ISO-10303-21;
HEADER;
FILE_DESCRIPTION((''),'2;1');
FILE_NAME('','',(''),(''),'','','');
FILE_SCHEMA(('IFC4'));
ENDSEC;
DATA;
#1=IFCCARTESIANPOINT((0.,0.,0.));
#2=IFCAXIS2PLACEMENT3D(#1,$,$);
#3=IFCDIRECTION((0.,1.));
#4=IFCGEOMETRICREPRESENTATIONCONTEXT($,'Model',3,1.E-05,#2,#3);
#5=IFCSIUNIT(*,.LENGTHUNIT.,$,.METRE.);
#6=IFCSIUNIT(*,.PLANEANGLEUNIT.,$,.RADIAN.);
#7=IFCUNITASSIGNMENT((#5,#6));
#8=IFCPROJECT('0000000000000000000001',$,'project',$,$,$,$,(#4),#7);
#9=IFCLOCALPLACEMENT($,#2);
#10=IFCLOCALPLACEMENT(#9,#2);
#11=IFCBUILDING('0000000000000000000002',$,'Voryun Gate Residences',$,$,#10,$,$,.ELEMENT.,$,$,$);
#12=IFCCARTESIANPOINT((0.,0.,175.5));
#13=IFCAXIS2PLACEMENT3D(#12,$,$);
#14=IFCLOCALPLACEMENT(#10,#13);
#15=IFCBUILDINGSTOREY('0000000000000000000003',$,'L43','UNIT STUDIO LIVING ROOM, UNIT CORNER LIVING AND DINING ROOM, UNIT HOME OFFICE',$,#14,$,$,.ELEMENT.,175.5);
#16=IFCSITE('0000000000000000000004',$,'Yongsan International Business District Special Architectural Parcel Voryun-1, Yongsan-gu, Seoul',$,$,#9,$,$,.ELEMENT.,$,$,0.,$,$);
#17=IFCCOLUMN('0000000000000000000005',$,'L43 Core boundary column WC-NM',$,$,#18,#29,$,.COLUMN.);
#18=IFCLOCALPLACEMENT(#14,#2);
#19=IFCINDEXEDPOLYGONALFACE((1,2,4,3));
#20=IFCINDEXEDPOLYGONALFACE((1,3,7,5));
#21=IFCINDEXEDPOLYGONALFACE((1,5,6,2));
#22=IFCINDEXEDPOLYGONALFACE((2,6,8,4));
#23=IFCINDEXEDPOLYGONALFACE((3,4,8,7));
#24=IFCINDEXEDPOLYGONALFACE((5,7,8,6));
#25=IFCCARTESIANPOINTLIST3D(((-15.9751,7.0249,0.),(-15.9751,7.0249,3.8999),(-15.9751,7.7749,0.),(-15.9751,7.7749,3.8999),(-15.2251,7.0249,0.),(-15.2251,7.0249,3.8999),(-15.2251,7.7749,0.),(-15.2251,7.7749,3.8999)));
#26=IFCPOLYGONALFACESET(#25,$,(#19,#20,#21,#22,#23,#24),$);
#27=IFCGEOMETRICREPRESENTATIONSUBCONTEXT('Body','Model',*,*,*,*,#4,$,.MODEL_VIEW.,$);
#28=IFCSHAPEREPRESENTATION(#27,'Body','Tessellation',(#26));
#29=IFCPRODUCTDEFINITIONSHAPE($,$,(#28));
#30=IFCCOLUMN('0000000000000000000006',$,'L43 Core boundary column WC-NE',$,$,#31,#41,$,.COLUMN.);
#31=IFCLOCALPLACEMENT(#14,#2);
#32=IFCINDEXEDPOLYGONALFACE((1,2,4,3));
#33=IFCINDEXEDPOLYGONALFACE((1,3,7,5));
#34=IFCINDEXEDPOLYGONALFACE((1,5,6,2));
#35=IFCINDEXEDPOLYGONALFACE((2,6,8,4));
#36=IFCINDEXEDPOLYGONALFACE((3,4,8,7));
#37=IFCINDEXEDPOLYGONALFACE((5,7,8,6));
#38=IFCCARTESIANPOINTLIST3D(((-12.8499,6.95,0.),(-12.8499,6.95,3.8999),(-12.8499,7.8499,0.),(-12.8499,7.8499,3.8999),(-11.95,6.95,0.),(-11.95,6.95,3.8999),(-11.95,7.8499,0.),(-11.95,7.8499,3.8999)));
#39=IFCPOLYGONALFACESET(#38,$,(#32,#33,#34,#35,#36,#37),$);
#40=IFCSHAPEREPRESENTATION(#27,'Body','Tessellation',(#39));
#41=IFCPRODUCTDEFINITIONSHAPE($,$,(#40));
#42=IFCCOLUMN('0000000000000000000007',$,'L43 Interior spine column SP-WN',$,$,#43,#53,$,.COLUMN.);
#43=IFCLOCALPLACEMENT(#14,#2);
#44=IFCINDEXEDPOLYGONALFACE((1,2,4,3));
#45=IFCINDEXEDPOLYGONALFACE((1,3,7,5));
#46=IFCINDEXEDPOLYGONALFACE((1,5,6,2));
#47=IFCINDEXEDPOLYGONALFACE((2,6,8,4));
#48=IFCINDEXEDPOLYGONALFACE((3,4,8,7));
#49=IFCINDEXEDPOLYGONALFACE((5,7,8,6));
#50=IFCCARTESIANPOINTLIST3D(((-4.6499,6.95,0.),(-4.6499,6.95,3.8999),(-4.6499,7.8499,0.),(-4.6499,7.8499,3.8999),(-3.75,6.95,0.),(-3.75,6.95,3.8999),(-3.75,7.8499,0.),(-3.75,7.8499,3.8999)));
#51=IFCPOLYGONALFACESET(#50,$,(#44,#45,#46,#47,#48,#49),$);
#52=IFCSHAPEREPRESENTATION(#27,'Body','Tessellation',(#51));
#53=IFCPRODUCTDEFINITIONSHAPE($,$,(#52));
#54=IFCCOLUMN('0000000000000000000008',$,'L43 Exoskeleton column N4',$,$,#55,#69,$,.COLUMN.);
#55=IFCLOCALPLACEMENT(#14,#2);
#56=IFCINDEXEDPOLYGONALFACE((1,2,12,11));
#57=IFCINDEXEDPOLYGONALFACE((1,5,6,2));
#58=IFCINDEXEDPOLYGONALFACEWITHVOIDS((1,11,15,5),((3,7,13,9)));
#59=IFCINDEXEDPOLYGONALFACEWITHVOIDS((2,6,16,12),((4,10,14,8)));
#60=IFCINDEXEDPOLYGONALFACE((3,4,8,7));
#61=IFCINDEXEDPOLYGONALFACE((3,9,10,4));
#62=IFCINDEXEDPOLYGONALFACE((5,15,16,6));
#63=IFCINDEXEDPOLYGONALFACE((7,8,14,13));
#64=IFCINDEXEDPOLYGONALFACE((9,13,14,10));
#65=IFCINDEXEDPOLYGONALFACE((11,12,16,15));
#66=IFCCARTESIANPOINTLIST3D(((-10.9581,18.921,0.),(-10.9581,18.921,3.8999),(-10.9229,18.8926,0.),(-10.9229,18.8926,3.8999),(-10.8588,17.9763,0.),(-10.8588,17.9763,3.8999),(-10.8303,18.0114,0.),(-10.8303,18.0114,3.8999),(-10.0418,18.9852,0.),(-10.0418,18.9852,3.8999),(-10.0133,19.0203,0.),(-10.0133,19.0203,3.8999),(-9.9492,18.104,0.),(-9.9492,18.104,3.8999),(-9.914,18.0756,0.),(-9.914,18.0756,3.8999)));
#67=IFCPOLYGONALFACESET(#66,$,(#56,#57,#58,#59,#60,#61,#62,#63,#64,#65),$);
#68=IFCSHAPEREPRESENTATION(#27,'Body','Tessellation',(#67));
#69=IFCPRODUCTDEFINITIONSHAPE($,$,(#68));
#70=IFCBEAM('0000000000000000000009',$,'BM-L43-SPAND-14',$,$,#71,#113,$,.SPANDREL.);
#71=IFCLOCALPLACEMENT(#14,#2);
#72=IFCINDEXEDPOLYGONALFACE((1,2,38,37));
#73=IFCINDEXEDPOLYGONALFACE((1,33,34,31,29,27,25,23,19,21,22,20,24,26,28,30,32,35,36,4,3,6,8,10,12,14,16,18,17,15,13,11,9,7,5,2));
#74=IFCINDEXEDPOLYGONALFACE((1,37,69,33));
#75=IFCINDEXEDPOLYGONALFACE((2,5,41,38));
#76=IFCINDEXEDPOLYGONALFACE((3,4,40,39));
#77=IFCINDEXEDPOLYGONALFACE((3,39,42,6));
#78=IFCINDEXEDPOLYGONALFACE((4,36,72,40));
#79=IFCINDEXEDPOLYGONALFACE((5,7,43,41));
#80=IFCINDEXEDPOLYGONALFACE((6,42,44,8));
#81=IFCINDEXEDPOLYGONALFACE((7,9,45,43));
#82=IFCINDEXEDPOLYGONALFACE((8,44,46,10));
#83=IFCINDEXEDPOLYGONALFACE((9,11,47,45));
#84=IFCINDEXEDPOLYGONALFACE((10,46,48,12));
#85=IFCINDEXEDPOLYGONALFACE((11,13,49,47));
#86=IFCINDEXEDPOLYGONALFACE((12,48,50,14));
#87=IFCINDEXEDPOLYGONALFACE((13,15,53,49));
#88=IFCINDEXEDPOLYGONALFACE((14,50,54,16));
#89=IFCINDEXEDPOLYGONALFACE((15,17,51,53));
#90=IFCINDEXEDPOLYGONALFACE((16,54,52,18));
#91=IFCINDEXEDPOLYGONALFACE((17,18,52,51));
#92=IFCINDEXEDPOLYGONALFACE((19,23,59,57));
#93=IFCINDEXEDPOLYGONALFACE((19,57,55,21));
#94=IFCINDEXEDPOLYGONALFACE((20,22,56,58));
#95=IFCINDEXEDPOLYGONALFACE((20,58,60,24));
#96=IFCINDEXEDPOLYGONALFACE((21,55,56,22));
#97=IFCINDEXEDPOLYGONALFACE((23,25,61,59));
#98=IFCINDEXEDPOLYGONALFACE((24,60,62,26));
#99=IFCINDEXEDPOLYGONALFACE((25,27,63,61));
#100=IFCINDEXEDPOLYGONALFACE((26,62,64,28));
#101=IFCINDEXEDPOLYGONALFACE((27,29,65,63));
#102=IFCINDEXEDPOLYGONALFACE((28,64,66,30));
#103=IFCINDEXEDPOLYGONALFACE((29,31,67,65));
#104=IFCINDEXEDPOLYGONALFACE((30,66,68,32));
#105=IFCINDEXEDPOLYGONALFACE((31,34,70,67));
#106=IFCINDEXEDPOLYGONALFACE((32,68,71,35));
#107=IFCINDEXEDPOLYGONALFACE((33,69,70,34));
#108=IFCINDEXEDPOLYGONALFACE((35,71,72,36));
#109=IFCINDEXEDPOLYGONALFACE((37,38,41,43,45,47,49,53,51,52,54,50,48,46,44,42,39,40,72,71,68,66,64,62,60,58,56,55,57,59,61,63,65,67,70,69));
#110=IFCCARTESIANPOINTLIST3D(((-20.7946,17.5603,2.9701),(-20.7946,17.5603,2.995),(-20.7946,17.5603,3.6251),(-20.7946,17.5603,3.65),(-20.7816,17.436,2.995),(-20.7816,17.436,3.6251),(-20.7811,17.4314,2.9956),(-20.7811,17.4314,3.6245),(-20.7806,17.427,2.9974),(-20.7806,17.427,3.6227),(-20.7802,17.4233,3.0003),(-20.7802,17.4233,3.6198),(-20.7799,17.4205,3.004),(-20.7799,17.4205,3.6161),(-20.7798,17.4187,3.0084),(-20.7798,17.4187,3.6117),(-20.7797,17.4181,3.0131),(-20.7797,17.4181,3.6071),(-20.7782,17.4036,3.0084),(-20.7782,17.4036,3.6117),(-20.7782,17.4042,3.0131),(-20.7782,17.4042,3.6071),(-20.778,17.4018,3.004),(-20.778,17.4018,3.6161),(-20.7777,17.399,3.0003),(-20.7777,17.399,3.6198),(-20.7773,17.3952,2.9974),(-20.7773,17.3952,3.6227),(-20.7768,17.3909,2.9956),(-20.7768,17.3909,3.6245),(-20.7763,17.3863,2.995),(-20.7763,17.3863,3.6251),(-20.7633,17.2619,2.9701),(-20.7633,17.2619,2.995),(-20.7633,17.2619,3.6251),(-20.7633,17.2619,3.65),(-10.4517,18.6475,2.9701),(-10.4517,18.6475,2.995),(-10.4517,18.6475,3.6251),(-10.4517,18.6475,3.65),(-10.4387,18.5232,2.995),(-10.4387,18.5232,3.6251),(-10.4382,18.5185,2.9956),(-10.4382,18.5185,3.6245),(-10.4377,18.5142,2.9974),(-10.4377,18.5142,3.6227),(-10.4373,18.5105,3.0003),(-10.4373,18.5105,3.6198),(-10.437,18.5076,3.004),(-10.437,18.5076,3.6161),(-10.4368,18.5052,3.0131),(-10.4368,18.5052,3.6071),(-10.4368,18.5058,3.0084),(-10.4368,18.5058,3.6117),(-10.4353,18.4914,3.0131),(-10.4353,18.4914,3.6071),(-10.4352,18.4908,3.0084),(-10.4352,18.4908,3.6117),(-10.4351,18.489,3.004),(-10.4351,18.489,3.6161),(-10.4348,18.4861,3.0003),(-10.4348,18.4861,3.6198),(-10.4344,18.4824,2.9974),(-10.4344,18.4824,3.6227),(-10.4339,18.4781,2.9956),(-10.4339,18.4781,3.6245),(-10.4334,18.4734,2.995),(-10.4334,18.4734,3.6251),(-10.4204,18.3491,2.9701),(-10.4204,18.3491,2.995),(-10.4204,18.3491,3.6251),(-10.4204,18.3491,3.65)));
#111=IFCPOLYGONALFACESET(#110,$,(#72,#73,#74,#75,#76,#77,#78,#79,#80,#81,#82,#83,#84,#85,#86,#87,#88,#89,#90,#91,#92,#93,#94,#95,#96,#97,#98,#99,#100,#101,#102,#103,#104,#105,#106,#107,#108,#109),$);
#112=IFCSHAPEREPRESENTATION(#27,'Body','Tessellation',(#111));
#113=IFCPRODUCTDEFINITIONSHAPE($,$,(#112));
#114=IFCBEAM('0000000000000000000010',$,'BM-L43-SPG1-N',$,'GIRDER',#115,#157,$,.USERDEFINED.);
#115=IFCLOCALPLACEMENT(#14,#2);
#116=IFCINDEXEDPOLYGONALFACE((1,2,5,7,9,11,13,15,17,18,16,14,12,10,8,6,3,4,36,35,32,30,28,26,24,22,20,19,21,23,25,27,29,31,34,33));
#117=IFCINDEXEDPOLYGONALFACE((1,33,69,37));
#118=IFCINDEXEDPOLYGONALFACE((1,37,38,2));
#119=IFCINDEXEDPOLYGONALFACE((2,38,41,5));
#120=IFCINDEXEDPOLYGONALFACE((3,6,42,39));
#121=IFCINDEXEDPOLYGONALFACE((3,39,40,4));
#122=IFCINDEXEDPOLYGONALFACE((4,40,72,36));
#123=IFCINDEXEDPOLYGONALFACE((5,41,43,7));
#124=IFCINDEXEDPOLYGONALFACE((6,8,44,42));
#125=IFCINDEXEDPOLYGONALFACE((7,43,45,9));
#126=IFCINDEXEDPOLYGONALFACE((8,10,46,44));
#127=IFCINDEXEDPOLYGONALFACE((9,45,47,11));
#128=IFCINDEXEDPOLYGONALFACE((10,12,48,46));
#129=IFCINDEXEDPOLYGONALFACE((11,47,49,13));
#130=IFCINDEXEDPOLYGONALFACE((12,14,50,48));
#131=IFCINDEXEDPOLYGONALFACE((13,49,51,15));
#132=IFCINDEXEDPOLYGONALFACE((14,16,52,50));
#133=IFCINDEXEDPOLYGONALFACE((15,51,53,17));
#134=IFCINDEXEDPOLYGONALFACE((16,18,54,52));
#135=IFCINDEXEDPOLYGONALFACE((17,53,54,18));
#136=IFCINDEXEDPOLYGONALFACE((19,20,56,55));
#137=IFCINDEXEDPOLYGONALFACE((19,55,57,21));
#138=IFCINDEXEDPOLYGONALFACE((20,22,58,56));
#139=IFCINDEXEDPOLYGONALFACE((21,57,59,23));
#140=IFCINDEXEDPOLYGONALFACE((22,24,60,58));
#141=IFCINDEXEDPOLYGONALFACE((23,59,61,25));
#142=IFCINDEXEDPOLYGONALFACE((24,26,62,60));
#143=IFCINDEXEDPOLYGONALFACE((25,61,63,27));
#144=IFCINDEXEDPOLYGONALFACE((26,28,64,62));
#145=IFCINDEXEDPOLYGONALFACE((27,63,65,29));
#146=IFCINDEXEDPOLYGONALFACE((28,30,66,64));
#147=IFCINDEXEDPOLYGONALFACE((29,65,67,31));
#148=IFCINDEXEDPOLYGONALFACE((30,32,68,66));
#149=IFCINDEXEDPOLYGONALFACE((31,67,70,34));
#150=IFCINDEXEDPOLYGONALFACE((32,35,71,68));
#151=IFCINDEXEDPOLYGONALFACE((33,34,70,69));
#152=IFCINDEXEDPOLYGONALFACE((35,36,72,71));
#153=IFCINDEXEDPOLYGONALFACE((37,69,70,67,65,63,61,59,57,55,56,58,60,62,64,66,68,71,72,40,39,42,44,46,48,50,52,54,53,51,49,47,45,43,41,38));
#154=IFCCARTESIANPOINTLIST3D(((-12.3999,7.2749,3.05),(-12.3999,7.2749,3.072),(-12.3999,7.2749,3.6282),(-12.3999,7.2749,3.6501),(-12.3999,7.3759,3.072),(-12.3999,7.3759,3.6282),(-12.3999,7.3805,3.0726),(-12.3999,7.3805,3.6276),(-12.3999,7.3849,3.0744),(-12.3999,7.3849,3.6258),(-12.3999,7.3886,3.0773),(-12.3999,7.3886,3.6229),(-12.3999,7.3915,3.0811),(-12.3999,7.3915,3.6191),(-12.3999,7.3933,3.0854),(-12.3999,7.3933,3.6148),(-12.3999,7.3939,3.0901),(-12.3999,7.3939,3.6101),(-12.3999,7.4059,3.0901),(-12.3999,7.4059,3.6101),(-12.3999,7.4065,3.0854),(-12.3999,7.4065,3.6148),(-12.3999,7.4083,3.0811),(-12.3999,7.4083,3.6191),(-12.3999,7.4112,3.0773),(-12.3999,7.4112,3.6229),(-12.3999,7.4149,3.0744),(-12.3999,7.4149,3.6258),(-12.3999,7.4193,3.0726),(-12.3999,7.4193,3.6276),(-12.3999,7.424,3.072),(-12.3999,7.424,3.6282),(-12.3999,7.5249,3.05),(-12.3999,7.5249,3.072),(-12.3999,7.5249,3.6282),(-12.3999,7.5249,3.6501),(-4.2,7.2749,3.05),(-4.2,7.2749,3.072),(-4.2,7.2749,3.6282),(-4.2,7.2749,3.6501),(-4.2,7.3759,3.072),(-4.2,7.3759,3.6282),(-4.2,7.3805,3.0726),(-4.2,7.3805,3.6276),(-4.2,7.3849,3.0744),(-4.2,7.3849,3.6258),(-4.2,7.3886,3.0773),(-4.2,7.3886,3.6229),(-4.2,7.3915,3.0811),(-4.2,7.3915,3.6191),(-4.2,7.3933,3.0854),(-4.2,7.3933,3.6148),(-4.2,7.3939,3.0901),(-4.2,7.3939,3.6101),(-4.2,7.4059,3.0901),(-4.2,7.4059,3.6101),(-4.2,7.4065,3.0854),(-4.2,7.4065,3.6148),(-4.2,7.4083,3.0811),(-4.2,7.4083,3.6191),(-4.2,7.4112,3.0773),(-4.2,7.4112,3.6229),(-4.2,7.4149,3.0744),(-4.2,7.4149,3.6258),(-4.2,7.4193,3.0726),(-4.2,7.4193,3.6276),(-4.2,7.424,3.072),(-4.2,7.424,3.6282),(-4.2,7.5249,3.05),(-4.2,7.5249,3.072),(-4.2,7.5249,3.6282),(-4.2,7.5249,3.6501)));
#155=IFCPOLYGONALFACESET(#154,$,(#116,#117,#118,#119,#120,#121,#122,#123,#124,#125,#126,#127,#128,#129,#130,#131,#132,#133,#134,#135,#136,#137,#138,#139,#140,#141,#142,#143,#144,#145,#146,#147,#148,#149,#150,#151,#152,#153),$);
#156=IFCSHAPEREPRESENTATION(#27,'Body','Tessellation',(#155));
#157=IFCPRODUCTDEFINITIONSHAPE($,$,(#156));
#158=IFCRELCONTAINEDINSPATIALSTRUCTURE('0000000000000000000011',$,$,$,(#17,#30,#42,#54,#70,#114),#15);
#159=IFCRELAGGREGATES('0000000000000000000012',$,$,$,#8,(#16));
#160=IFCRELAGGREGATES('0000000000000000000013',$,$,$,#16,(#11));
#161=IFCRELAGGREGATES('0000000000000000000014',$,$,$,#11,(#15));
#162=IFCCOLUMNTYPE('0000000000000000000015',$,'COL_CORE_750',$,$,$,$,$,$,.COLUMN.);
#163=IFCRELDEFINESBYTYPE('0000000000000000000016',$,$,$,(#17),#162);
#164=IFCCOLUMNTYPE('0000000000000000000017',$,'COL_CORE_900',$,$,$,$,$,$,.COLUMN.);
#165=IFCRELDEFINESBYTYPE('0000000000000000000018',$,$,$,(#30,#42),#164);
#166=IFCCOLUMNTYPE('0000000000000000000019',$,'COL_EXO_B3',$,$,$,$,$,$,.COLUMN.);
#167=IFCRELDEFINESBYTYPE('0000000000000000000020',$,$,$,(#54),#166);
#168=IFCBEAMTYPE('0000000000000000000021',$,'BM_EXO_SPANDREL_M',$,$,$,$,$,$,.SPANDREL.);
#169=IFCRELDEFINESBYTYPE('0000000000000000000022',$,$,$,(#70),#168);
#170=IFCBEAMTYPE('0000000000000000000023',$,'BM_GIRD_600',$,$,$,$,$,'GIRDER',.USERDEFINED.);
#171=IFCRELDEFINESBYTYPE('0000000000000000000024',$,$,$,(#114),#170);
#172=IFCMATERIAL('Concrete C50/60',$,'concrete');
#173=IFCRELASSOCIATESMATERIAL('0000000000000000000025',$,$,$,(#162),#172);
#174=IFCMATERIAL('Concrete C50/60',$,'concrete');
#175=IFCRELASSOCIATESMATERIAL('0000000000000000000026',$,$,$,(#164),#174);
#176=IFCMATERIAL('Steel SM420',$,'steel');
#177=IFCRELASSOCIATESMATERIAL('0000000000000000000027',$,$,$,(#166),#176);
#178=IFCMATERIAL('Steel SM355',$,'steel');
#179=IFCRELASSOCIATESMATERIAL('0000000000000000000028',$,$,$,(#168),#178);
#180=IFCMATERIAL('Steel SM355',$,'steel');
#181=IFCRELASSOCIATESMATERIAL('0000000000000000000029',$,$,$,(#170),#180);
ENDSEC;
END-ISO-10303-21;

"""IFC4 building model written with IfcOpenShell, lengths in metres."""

from ifc_helpers import new_model, si_unit, direction, frame, origin, origin_2d, place, context, subcontext, project, spatial, rectangle, hollow_rectangle, i_section, extrude, material, material_profile, profile_set, type_object, element, save


model = new_model("IFC4")

# Units and contexts
model_context = context("Model", 3, precision=1e-05, world=origin(), true_north=direction((0.0, 1.0)))
body_context = subcontext(model_context, "Body", "Model", "MODEL_VIEW")
ifc_project = project(units=[si_unit("LENGTHUNIT", "METRE"), si_unit("PLANEANGLEUNIT", "RADIAN")], contexts=[model_context])

# Site, building, storey
site_placement = place(None, origin())
site = spatial("IfcSite", under=ifc_project, at=site_placement, Name="Yongsan International Business District Special Architectural Parcel Voryun-1, Yongsan-gu, Seoul", CompositionType="ELEMENT", RefElevation=0.0)
building_placement = place(site_placement, origin())
building = spatial("IfcBuilding", under=site, at=building_placement, Name="Voryun Gate Residences", CompositionType="ELEMENT")
storey_placement = place(building_placement, frame((0.0, 0.0, 175.5)))
storey = spatial("IfcBuildingStorey", under=building, at=storey_placement, Name="L43", Description="UNIT STUDIO LIVING ROOM, UNIT CORNER LIVING AND DINING ROOM, UNIT HOME OFFICE", CompositionType="ELEMENT", Elevation=175.5)

# Columns
ifc_material_1 = material(Name="Concrete C50/60", Category="concrete")
ifc_material_profile_1 = material_profile(ifc_material_1, rectangle(XDim=0.75, YDim=0.75, at=origin_2d()), Name="RC-750x750")
ifc_profile_set_1 = profile_set([ifc_material_profile_1], Name="Concrete C50/60")
column_type_1 = type_object("IfcColumnType", Name="COL_CORE_750", PredefinedType="COLUMN", material=ifc_profile_set_1)
column_1_placement = place(storey_placement, frame((-15.6001, 7.3999, 0.0), z_axis=(0.0, 0.0, 1.0), x_axis=(1.0, 0.0, 0.0)))
element("IfcColumn", 1, at=column_1_placement, inside=storey, type_object=column_type_1, Name="L43 Core boundary column WC-NM", PredefinedType="COLUMN", context=body_context, shape_type="SweptSolid", body=[
    extrude(rectangle(XDim=0.75, YDim=0.75, at=origin_2d()), origin(), (0.0, 0.0, 1.0), 3.8999),
])
ifc_material_2 = material(Name="Concrete C50/60", Category="concrete")
ifc_material_profile_2 = material_profile(ifc_material_2, rectangle(XDim=0.8999, YDim=0.8999, at=origin_2d()), Name="RC-900x900")
ifc_profile_set_2 = profile_set([ifc_material_profile_2], Name="Concrete C50/60")
column_type_2 = type_object("IfcColumnType", Name="COL_CORE_900", PredefinedType="COLUMN", material=ifc_profile_set_2)
for number, where, z_axis, x_axis, name in (
    (2, (-12.3999, 7.3999, 0.0), (0.0, 0.0, 1.0), (1.0, 0.0, 0.0), "L43 Core boundary column WC-NE"),
    (3, (-4.2, 7.3999, 0.0), (0.0, 0.0, 1.0), (1.0, 0.0, 0.0), "L43 Interior spine column SP-WN"),
):
    element("IfcColumn", number, at=place(storey_placement, frame(where, z_axis=z_axis, x_axis=x_axis)), inside=storey, type_object=column_type_2, Name=name, PredefinedType="COLUMN", context=body_context, shape_type="SweptSolid", body=[
        extrude(rectangle(XDim=0.8999, YDim=0.8999, at=origin_2d()), origin(), (0.0, 0.0, 1.0), 3.8999),
    ])
ifc_material_3 = material(Name="Steel SM420", Category="steel")
ifc_material_profile_3 = material_profile(ifc_material_3, hollow_rectangle(XDim=0.95, YDim=0.95, WallThickness=0.032, at=origin_2d()), Name="BOX-950x950x32")
ifc_profile_set_3 = profile_set([ifc_material_profile_3], Name="Steel SM420")
column_type_3 = type_object("IfcColumnType", Name="COL_EXO_B3", PredefinedType="COLUMN", material=ifc_profile_set_3)
column_2_placement = place(storey_placement, frame((-10.436, 18.4983, 0.0), z_axis=(0.0, 0.0, 1.0), x_axis=(0.994522, 0.104528, 0.0)))
element("IfcColumn", 4, at=column_2_placement, inside=storey, type_object=column_type_3, Name="L43 Exoskeleton column N4", PredefinedType="COLUMN", context=body_context, shape_type="SweptSolid", body=[
    extrude(hollow_rectangle(XDim=0.95, YDim=0.95, WallThickness=0.032, at=origin_2d()), origin(), (0.0, 0.0, 1.0), 3.8999),
])

# Beams
ifc_material_4 = material(Name="Steel SM355", Category="steel")
ifc_material_profile_4 = material_profile(ifc_material_4, i_section(OverallWidth=0.3, OverallDepth=0.6799, WebThickness=0.0139, FlangeThickness=0.0249, FilletRadius=0.0181, at=origin_2d()), Name="H-680x300x14x25")
ifc_profile_set_4 = profile_set([ifc_material_profile_4], Name="Steel SM355")
beam_type_1 = type_object("IfcBeamType", Name="BM_EXO_SPANDREL_M", PredefinedType="SPANDREL", material=ifc_profile_set_4)
beam_1_placement = place(storey_placement, frame((-10.436, 18.4983, 3.3101), z_axis=(-0.994521, -0.104534, 0.0), x_axis=(0.104534, -0.994521, 0.0)))
element("IfcBeam", 5, at=beam_1_placement, inside=storey, type_object=beam_type_1, Name="BM-L43-SPAND-14", PredefinedType="SPANDREL", context=body_context, shape_type="SweptSolid", body=[
    extrude(i_section(OverallWidth=0.3, OverallDepth=0.6799, WebThickness=0.0139, FlangeThickness=0.0249, FilletRadius=0.0181, at=origin_2d()), origin(), (0.0, 0.0, 1.0), 10.3999),
])
ifc_material_5 = material(Name="Steel SM355", Category="steel")
ifc_material_profile_5 = material_profile(ifc_material_5, i_section(OverallWidth=0.25, OverallDepth=0.6001, WebThickness=0.012, FlangeThickness=0.022, FilletRadius=0.0181, at=origin_2d()), Name="H-600x250x12x22")
ifc_profile_set_5 = profile_set([ifc_material_profile_5], Name="Steel SM355")
beam_type_2 = type_object("IfcBeamType", Name="BM_GIRD_600", ElementType="GIRDER", PredefinedType="USERDEFINED", material=ifc_profile_set_5)
beam_2_placement = place(storey_placement, frame((-12.3999, 7.3999, 3.3501), z_axis=(1.0, 0.0, 0.0), x_axis=(0.0, 1.0, 0.0)))
element("IfcBeam", 6, at=beam_2_placement, inside=storey, type_object=beam_type_2, Name="BM-L43-SPG1-N", ObjectType="GIRDER", PredefinedType="USERDEFINED", context=body_context, shape_type="SweptSolid", body=[
    extrude(i_section(OverallWidth=0.25, OverallDepth=0.6001, WebThickness=0.012, FlangeThickness=0.022, FilletRadius=0.0181, at=origin_2d()), origin(), (0.0, 0.0, 1.0), 8.2),
])

save(model, "model.ifc")
